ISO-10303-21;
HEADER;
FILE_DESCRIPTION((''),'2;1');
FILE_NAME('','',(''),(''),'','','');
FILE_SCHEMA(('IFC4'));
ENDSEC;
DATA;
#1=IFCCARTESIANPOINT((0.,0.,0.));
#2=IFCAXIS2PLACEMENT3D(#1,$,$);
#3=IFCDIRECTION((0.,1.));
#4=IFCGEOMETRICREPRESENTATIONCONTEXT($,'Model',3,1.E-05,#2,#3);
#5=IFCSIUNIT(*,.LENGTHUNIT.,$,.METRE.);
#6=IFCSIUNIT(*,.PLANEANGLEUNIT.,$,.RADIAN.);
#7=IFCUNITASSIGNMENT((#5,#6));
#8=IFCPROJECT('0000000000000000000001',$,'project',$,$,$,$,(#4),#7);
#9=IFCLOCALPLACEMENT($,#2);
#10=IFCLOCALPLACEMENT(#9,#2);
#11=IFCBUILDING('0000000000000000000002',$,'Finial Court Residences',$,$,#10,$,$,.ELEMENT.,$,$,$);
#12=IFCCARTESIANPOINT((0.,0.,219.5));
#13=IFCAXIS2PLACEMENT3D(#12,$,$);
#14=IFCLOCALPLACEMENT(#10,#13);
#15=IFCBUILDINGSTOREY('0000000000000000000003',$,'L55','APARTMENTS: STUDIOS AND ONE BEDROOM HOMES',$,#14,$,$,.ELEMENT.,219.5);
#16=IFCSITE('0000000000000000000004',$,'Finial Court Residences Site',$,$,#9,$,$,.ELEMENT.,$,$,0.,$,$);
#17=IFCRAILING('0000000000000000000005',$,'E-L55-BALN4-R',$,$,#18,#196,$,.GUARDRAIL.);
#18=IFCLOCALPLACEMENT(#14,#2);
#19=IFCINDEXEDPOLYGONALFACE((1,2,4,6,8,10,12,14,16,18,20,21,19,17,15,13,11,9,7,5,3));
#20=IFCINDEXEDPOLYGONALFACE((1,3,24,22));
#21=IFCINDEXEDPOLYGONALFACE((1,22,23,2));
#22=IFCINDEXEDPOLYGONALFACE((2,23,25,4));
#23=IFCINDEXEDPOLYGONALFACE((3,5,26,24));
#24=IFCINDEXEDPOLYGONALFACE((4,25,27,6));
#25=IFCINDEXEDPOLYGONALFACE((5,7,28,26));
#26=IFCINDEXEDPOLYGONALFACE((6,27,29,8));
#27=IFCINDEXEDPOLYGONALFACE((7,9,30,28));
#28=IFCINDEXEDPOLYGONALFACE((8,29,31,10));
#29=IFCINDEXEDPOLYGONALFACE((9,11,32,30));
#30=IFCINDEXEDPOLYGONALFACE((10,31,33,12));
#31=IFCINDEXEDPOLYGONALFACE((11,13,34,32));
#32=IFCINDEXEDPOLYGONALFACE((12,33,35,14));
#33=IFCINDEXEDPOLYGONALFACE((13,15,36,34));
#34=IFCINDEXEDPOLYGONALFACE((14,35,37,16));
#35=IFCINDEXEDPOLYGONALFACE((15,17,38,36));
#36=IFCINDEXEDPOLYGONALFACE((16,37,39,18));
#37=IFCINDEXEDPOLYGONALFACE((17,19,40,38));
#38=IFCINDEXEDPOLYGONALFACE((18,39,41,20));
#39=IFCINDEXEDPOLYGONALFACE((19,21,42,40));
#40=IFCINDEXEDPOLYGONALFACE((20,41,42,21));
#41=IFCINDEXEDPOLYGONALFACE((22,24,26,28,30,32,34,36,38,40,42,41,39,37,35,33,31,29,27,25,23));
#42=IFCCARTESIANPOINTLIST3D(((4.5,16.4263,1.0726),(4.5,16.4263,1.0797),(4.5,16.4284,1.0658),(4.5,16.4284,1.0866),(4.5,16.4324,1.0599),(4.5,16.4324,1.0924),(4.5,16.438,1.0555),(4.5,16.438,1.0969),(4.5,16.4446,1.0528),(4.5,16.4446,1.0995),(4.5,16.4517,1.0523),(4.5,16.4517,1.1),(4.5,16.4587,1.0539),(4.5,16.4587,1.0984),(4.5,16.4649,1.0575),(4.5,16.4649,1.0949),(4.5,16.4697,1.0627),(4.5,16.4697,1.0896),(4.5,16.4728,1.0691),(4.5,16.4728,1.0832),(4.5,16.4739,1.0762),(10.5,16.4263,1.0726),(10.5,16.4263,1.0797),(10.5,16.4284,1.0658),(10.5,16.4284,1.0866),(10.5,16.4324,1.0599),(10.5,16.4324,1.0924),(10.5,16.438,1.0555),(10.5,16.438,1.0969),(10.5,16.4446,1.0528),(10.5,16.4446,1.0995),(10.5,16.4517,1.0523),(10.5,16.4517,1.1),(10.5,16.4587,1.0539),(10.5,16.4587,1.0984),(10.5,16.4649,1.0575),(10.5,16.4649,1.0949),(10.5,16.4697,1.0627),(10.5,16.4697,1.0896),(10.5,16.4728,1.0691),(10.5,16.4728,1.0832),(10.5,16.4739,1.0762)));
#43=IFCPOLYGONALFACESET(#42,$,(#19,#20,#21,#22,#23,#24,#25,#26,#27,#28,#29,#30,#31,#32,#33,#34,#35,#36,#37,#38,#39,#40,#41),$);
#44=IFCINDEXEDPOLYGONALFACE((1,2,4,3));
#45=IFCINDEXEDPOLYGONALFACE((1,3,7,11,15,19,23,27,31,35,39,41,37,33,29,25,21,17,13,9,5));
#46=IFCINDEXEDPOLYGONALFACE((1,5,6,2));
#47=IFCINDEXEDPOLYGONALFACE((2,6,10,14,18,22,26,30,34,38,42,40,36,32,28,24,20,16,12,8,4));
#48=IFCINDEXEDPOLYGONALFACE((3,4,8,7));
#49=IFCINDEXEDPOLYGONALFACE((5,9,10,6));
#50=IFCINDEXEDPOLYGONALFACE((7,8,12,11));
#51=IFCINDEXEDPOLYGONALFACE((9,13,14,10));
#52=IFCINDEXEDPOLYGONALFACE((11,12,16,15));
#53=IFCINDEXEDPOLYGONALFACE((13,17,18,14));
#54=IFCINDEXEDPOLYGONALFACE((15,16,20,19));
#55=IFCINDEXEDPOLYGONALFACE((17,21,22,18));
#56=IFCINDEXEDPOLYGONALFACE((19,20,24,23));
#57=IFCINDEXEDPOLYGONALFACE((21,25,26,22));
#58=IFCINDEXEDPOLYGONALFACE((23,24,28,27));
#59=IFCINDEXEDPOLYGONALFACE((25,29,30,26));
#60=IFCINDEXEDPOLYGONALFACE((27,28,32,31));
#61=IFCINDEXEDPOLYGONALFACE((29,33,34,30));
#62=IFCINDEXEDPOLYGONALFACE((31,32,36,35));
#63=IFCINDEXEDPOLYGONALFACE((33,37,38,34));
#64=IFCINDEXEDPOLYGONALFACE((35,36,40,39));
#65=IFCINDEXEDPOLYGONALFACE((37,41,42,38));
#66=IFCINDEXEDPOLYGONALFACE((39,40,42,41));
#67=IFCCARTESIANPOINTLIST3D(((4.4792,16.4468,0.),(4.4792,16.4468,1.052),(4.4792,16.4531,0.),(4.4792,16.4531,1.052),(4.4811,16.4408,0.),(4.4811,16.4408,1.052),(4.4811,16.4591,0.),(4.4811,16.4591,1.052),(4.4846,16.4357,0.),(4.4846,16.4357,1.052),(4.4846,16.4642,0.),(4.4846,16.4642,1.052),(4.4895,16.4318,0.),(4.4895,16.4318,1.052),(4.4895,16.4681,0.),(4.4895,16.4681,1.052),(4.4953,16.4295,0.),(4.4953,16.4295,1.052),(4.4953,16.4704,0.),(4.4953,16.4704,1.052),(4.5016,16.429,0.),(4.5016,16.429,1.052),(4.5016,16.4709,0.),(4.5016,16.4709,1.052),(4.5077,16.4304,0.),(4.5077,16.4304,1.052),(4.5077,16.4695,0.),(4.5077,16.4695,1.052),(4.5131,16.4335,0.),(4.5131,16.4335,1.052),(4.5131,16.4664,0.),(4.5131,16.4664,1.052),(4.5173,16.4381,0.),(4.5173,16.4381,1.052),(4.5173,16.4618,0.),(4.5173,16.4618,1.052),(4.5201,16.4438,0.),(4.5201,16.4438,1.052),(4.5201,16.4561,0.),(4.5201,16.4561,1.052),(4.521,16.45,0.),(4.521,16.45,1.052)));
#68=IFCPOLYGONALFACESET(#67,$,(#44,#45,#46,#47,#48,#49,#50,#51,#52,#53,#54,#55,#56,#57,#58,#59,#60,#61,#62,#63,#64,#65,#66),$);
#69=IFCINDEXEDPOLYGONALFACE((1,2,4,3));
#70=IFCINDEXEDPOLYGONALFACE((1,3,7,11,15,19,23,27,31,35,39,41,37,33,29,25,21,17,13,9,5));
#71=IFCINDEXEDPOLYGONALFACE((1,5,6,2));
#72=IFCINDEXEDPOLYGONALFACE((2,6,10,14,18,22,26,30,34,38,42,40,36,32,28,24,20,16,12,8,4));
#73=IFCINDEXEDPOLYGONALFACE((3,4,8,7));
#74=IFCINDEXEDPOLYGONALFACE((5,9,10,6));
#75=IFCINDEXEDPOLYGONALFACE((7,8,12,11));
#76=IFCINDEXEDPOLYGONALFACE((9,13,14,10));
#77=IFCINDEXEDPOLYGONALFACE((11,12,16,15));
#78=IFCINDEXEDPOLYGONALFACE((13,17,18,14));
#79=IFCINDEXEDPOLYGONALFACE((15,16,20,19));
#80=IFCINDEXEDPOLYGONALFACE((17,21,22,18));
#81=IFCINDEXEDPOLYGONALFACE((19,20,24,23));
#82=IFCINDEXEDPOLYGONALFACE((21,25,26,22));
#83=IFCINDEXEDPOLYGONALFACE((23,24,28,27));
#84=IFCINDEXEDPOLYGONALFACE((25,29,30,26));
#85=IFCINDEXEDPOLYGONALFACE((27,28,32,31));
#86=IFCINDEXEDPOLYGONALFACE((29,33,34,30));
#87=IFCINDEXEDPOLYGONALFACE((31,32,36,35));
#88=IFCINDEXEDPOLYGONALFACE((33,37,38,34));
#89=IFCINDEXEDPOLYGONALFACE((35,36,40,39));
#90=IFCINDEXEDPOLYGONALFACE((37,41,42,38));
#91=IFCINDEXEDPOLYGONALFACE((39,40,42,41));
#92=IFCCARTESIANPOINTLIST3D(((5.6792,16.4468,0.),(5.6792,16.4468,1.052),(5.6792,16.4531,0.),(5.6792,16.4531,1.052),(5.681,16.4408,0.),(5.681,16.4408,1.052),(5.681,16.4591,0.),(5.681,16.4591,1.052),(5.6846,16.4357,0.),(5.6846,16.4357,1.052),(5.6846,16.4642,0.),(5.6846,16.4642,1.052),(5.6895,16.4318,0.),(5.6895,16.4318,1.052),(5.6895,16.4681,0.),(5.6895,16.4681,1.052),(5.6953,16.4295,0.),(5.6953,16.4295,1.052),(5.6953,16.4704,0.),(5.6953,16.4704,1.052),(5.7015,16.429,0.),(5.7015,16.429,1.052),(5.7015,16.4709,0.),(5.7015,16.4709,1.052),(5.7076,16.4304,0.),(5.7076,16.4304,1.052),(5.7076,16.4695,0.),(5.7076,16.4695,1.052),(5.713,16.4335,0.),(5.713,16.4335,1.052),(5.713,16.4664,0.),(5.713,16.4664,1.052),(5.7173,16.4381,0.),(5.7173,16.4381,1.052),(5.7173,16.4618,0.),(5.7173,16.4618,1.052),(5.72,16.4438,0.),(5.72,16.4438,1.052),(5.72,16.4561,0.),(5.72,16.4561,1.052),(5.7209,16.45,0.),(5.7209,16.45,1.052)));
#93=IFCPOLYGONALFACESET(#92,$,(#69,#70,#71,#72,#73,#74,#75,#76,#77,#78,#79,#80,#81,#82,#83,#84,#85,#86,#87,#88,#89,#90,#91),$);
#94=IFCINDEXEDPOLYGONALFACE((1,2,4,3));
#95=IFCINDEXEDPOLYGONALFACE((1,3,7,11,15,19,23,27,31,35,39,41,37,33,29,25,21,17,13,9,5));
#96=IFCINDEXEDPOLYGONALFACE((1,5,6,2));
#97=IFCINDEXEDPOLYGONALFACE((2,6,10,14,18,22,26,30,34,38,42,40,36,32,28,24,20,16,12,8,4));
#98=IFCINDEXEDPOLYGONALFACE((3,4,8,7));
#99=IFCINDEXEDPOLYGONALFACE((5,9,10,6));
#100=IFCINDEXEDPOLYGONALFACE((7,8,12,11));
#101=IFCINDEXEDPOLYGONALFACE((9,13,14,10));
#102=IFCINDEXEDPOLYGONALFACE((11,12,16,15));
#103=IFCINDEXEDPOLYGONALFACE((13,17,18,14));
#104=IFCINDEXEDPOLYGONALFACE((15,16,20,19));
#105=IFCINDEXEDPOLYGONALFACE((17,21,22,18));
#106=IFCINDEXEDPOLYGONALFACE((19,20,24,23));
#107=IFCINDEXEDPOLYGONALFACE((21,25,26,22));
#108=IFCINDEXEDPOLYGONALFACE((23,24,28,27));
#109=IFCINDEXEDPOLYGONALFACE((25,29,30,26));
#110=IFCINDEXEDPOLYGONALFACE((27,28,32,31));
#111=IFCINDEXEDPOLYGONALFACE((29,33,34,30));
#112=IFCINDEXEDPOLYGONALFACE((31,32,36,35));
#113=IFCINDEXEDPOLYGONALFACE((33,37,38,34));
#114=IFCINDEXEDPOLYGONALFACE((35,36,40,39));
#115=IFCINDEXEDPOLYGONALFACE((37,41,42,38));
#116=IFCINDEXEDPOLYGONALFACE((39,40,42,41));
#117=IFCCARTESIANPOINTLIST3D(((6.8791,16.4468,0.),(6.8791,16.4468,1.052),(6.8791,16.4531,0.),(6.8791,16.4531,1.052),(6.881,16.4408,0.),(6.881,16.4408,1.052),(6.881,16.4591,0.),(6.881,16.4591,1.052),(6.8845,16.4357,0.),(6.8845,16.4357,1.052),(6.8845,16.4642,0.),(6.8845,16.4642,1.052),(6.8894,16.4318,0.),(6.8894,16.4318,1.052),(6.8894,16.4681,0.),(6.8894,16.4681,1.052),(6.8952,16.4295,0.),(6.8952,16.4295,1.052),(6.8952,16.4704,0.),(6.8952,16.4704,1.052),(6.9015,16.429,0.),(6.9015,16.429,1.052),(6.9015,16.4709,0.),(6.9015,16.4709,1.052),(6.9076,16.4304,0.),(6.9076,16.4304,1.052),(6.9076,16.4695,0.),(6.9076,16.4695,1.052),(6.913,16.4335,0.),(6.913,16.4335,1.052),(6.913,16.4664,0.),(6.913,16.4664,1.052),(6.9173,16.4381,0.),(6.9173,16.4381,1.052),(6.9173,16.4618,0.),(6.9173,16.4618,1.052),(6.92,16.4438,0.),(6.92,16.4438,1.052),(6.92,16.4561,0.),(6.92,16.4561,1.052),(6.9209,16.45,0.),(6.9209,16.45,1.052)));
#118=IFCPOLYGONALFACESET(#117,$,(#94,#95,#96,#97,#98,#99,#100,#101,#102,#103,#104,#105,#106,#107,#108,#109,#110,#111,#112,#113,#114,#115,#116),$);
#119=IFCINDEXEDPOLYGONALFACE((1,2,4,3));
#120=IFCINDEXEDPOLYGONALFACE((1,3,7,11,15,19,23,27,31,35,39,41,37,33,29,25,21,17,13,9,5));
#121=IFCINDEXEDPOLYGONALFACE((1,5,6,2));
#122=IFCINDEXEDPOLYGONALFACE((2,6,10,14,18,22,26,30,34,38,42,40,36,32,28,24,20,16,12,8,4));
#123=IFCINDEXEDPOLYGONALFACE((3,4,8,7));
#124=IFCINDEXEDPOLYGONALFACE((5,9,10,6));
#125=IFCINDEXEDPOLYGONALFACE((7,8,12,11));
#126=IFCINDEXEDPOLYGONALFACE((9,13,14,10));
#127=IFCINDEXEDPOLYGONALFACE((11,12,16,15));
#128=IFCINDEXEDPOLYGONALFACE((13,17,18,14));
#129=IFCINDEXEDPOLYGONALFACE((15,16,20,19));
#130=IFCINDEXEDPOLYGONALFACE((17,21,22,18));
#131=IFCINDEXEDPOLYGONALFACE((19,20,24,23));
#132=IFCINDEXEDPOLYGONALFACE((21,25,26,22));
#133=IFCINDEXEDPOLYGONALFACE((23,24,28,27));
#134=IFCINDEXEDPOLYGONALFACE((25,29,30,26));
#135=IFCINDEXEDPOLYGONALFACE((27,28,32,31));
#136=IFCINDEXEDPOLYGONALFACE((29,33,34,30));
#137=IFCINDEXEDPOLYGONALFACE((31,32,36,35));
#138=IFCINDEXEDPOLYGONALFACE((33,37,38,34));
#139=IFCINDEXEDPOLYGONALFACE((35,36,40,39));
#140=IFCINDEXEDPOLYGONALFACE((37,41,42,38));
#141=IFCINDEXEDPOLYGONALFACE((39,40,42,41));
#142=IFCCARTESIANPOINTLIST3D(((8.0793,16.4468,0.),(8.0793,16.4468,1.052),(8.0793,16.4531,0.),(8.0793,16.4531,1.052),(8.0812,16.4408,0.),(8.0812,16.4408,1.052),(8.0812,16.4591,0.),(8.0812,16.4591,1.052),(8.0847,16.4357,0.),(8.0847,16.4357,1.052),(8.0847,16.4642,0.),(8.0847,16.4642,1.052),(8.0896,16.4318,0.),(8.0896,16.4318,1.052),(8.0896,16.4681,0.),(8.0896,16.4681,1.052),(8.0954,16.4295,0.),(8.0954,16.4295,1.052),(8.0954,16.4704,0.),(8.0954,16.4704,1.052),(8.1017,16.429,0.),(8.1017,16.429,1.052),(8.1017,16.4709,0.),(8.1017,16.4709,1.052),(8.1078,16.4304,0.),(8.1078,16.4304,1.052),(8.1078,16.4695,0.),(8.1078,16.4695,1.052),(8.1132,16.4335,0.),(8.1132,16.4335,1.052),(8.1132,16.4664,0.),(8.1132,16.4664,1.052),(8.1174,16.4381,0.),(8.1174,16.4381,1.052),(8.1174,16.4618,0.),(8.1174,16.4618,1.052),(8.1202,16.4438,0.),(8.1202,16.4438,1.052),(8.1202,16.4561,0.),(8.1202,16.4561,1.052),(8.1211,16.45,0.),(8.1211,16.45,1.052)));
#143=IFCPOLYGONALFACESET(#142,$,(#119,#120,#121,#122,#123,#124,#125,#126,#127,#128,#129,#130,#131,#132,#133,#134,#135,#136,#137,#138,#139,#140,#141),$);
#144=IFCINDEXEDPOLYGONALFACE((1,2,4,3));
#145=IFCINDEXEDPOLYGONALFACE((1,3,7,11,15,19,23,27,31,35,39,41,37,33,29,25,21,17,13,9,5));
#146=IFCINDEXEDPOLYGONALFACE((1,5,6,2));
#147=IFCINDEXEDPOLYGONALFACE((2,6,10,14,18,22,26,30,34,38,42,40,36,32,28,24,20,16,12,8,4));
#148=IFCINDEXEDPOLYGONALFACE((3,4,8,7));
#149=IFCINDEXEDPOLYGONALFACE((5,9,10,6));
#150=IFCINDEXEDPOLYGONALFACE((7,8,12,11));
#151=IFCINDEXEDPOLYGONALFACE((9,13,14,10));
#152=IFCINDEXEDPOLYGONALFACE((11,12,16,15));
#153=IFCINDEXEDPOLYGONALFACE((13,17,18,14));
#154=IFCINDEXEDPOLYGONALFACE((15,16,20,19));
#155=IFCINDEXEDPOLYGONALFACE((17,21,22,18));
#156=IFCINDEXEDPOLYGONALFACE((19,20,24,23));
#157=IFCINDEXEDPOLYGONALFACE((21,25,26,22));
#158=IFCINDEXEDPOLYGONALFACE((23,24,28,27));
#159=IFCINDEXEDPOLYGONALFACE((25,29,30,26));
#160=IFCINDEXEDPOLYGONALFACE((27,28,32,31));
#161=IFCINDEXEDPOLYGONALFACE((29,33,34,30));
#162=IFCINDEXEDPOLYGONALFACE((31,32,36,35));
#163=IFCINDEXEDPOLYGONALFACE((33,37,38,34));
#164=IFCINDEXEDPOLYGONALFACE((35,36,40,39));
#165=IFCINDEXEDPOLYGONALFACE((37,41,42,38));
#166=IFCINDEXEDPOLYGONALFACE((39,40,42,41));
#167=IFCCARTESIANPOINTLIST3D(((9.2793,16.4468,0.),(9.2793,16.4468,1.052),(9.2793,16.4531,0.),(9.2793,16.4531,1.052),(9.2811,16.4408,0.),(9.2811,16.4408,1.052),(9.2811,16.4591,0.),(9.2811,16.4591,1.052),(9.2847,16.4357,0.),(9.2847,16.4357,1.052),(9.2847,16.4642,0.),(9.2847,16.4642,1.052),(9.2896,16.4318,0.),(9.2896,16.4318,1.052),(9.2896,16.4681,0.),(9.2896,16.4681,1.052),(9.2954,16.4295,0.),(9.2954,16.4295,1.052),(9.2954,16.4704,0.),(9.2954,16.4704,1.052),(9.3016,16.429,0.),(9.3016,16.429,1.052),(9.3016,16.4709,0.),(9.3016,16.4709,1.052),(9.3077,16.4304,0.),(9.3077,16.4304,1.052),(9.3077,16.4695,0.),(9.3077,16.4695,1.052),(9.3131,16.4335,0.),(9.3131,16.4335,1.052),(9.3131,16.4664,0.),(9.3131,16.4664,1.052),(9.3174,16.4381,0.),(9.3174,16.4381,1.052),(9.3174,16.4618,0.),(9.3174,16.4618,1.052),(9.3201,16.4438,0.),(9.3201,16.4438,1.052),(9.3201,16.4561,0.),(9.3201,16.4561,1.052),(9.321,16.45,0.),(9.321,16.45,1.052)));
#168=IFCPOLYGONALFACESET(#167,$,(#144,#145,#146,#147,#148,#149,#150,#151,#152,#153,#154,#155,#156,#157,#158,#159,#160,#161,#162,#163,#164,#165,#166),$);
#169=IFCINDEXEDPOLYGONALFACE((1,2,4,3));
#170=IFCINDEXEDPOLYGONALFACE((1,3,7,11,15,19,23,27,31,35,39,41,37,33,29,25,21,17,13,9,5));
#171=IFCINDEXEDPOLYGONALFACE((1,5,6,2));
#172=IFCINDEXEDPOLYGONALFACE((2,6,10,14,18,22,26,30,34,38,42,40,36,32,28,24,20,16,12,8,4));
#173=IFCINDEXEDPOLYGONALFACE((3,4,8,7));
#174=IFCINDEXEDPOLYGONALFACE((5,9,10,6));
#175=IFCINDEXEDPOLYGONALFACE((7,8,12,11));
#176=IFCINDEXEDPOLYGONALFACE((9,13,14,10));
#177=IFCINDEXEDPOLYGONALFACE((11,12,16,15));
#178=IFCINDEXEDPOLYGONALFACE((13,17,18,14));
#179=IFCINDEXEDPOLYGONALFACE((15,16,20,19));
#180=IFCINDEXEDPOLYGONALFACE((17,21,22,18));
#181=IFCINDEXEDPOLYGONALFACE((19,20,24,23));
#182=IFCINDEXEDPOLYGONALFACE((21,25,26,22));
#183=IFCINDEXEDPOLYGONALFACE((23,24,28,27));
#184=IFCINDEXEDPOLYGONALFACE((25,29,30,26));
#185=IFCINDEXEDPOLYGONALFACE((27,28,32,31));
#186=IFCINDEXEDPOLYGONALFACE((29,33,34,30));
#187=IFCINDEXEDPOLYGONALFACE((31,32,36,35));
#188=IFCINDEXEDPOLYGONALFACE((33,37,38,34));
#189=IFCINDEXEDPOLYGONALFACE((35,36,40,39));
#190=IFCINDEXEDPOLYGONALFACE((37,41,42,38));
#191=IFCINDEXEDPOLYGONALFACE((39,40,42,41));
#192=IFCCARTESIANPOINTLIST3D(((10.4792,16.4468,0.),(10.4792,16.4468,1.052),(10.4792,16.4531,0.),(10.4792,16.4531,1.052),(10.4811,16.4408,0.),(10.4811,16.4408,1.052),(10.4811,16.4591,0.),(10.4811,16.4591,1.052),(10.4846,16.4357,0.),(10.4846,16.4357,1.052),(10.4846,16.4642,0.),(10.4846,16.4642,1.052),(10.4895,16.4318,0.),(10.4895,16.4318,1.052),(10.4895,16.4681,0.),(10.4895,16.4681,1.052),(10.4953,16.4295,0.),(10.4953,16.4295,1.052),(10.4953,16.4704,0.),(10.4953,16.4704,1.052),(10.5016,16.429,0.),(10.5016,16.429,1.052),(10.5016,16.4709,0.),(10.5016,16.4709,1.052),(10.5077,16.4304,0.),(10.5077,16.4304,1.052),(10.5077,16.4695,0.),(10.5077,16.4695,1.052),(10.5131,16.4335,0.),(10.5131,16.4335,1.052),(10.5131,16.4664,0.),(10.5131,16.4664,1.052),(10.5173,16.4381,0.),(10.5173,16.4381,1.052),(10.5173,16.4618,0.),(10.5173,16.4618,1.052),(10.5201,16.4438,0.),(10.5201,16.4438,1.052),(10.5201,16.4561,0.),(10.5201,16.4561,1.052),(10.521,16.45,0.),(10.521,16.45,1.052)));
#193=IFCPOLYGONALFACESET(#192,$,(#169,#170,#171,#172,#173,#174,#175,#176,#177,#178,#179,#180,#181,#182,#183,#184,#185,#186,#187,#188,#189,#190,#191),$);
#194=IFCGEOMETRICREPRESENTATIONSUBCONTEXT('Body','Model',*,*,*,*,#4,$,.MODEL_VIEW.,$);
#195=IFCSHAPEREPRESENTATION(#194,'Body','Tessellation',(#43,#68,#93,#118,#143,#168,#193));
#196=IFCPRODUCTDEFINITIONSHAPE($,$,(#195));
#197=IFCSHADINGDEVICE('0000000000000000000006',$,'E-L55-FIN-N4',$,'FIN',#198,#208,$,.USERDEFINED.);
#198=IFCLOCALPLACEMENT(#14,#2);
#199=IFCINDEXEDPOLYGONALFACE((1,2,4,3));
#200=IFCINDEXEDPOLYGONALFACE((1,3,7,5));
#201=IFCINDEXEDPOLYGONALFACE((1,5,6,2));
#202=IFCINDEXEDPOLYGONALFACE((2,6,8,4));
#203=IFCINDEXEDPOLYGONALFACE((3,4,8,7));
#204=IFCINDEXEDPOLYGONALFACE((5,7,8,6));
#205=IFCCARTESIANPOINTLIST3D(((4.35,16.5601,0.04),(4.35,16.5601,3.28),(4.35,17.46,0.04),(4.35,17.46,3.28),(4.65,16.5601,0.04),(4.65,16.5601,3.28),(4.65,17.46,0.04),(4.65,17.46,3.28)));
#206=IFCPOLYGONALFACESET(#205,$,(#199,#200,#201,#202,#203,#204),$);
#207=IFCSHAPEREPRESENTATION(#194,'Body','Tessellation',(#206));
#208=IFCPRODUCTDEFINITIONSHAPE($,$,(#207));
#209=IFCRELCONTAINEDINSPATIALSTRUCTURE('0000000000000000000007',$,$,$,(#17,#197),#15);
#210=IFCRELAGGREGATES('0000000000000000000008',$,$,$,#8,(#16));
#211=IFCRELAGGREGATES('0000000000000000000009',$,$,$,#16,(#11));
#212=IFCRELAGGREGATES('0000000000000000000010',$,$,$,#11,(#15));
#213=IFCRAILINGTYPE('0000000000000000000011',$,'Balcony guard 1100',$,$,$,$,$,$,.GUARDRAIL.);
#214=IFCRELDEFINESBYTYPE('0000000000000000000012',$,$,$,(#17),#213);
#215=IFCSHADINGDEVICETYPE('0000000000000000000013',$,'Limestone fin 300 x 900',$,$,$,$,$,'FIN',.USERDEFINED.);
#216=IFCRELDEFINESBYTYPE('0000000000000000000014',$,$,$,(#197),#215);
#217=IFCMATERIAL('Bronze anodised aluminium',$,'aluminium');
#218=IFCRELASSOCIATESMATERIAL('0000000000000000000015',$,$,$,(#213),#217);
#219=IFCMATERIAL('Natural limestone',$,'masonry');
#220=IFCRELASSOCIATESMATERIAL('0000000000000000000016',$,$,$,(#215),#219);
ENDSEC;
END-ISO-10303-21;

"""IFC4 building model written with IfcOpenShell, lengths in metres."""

from ifc_helpers import new_model, si_unit, direction, frame, origin, origin_2d, place, context, subcontext, project, spatial, rectangle, circle, extrude, material, type_object, element, save


model = new_model("IFC4")

# Units and contexts
model_context = context("Model", 3, precision=1e-05, world=origin(), true_north=direction((0.0, 1.0)))
body_context = subcontext(model_context, "Body", "Model", "MODEL_VIEW")
ifc_project = project(units=[si_unit("LENGTHUNIT", "METRE"), si_unit("PLANEANGLEUNIT", "RADIAN")], contexts=[model_context])

# Site, building, storey
site_placement = place(None, origin())
site = spatial("IfcSite", under=ifc_project, at=site_placement, Name="Finial Court Residences Site", CompositionType="ELEMENT", RefElevation=0.0)
building_placement = place(site_placement, origin())
building = spatial("IfcBuilding", under=site, at=building_placement, Name="Finial Court Residences", CompositionType="ELEMENT")
storey_placement = place(building_placement, frame((0.0, 0.0, 219.5)))
storey = spatial("IfcBuildingStorey", under=building, at=storey_placement, Name="L55", Description="APARTMENTS: STUDIOS AND ONE BEDROOM HOMES", CompositionType="ELEMENT", Elevation=219.5)

# Shared definitions
ifc_material_1 = material(Name="Bronze anodised aluminium", Category="aluminium")

# Shared definitions
ifc_material_2 = material(Name="Natural limestone", Category="masonry")

# Railing
railing_type = type_object("IfcRailingType", Name="Balcony guard 1100", PredefinedType="GUARDRAIL", material=ifc_material_1)
railing_placement = place(storey_placement, frame((4.5, 16.45, 0.0)))
element("IfcRailing", 1, at=railing_placement, inside=storey, type_object=railing_type, Name="E-L55-BALN4-R", PredefinedType="GUARDRAIL", context=body_context, shape_type="SweptSolid", body=[
    extrude(circle(Radius=0.0239, at=origin_2d()), frame((0.0, 0.0, 1.0762), z_axis=(1.0, 0.0, 0.0), x_axis=(0.0, 1.0, 0.0)), (0.0, 0.0, 1.0), 6.0),
    extrude(circle(Radius=0.021, at=origin_2d()), origin(), (0.0, 0.0, 1.0), 1.052),
    extrude(circle(Radius=0.021, at=origin_2d()), frame((1.2, 0.0, 0.0)), (0.0, 0.0, 1.0), 1.052),
    extrude(circle(Radius=0.021, at=origin_2d()), frame((2.3999, 0.0, 0.0)), (0.0, 0.0, 1.0), 1.052),
    extrude(circle(Radius=0.021, at=origin_2d()), frame((3.6001, 0.0, 0.0)), (0.0, 0.0, 1.0), 1.052),
    extrude(circle(Radius=0.021, at=origin_2d()), frame((4.8, 0.0, 0.0)), (0.0, 0.0, 1.0), 1.052),
    extrude(circle(Radius=0.021, at=origin_2d()), frame((6.0, 0.0, 0.0)), (0.0, 0.0, 1.0), 1.052),
])

# Shading device
shading_device_type = type_object("IfcShadingDeviceType", Name="Limestone fin 300 x 900", ElementType="FIN", PredefinedType="USERDEFINED", material=ifc_material_2)
shading_device_placement = place(storey_placement, frame((4.5, 17.01, 0.04), z_axis=(0.0, 0.0, 1.0), x_axis=(1.0, 0.0, 0.0)))
element("IfcShadingDevice", 2, at=shading_device_placement, inside=storey, type_object=shading_device_type, Name="E-L55-FIN-N4", ObjectType="FIN", PredefinedType="USERDEFINED", context=body_context, shape_type="SweptSolid", body=[
    extrude(rectangle(XDim=0.3, YDim=0.8999, at=origin_2d()), origin(), (0.0, 0.0, 1.0), 3.24),
])

save(model, "model.ifc")
